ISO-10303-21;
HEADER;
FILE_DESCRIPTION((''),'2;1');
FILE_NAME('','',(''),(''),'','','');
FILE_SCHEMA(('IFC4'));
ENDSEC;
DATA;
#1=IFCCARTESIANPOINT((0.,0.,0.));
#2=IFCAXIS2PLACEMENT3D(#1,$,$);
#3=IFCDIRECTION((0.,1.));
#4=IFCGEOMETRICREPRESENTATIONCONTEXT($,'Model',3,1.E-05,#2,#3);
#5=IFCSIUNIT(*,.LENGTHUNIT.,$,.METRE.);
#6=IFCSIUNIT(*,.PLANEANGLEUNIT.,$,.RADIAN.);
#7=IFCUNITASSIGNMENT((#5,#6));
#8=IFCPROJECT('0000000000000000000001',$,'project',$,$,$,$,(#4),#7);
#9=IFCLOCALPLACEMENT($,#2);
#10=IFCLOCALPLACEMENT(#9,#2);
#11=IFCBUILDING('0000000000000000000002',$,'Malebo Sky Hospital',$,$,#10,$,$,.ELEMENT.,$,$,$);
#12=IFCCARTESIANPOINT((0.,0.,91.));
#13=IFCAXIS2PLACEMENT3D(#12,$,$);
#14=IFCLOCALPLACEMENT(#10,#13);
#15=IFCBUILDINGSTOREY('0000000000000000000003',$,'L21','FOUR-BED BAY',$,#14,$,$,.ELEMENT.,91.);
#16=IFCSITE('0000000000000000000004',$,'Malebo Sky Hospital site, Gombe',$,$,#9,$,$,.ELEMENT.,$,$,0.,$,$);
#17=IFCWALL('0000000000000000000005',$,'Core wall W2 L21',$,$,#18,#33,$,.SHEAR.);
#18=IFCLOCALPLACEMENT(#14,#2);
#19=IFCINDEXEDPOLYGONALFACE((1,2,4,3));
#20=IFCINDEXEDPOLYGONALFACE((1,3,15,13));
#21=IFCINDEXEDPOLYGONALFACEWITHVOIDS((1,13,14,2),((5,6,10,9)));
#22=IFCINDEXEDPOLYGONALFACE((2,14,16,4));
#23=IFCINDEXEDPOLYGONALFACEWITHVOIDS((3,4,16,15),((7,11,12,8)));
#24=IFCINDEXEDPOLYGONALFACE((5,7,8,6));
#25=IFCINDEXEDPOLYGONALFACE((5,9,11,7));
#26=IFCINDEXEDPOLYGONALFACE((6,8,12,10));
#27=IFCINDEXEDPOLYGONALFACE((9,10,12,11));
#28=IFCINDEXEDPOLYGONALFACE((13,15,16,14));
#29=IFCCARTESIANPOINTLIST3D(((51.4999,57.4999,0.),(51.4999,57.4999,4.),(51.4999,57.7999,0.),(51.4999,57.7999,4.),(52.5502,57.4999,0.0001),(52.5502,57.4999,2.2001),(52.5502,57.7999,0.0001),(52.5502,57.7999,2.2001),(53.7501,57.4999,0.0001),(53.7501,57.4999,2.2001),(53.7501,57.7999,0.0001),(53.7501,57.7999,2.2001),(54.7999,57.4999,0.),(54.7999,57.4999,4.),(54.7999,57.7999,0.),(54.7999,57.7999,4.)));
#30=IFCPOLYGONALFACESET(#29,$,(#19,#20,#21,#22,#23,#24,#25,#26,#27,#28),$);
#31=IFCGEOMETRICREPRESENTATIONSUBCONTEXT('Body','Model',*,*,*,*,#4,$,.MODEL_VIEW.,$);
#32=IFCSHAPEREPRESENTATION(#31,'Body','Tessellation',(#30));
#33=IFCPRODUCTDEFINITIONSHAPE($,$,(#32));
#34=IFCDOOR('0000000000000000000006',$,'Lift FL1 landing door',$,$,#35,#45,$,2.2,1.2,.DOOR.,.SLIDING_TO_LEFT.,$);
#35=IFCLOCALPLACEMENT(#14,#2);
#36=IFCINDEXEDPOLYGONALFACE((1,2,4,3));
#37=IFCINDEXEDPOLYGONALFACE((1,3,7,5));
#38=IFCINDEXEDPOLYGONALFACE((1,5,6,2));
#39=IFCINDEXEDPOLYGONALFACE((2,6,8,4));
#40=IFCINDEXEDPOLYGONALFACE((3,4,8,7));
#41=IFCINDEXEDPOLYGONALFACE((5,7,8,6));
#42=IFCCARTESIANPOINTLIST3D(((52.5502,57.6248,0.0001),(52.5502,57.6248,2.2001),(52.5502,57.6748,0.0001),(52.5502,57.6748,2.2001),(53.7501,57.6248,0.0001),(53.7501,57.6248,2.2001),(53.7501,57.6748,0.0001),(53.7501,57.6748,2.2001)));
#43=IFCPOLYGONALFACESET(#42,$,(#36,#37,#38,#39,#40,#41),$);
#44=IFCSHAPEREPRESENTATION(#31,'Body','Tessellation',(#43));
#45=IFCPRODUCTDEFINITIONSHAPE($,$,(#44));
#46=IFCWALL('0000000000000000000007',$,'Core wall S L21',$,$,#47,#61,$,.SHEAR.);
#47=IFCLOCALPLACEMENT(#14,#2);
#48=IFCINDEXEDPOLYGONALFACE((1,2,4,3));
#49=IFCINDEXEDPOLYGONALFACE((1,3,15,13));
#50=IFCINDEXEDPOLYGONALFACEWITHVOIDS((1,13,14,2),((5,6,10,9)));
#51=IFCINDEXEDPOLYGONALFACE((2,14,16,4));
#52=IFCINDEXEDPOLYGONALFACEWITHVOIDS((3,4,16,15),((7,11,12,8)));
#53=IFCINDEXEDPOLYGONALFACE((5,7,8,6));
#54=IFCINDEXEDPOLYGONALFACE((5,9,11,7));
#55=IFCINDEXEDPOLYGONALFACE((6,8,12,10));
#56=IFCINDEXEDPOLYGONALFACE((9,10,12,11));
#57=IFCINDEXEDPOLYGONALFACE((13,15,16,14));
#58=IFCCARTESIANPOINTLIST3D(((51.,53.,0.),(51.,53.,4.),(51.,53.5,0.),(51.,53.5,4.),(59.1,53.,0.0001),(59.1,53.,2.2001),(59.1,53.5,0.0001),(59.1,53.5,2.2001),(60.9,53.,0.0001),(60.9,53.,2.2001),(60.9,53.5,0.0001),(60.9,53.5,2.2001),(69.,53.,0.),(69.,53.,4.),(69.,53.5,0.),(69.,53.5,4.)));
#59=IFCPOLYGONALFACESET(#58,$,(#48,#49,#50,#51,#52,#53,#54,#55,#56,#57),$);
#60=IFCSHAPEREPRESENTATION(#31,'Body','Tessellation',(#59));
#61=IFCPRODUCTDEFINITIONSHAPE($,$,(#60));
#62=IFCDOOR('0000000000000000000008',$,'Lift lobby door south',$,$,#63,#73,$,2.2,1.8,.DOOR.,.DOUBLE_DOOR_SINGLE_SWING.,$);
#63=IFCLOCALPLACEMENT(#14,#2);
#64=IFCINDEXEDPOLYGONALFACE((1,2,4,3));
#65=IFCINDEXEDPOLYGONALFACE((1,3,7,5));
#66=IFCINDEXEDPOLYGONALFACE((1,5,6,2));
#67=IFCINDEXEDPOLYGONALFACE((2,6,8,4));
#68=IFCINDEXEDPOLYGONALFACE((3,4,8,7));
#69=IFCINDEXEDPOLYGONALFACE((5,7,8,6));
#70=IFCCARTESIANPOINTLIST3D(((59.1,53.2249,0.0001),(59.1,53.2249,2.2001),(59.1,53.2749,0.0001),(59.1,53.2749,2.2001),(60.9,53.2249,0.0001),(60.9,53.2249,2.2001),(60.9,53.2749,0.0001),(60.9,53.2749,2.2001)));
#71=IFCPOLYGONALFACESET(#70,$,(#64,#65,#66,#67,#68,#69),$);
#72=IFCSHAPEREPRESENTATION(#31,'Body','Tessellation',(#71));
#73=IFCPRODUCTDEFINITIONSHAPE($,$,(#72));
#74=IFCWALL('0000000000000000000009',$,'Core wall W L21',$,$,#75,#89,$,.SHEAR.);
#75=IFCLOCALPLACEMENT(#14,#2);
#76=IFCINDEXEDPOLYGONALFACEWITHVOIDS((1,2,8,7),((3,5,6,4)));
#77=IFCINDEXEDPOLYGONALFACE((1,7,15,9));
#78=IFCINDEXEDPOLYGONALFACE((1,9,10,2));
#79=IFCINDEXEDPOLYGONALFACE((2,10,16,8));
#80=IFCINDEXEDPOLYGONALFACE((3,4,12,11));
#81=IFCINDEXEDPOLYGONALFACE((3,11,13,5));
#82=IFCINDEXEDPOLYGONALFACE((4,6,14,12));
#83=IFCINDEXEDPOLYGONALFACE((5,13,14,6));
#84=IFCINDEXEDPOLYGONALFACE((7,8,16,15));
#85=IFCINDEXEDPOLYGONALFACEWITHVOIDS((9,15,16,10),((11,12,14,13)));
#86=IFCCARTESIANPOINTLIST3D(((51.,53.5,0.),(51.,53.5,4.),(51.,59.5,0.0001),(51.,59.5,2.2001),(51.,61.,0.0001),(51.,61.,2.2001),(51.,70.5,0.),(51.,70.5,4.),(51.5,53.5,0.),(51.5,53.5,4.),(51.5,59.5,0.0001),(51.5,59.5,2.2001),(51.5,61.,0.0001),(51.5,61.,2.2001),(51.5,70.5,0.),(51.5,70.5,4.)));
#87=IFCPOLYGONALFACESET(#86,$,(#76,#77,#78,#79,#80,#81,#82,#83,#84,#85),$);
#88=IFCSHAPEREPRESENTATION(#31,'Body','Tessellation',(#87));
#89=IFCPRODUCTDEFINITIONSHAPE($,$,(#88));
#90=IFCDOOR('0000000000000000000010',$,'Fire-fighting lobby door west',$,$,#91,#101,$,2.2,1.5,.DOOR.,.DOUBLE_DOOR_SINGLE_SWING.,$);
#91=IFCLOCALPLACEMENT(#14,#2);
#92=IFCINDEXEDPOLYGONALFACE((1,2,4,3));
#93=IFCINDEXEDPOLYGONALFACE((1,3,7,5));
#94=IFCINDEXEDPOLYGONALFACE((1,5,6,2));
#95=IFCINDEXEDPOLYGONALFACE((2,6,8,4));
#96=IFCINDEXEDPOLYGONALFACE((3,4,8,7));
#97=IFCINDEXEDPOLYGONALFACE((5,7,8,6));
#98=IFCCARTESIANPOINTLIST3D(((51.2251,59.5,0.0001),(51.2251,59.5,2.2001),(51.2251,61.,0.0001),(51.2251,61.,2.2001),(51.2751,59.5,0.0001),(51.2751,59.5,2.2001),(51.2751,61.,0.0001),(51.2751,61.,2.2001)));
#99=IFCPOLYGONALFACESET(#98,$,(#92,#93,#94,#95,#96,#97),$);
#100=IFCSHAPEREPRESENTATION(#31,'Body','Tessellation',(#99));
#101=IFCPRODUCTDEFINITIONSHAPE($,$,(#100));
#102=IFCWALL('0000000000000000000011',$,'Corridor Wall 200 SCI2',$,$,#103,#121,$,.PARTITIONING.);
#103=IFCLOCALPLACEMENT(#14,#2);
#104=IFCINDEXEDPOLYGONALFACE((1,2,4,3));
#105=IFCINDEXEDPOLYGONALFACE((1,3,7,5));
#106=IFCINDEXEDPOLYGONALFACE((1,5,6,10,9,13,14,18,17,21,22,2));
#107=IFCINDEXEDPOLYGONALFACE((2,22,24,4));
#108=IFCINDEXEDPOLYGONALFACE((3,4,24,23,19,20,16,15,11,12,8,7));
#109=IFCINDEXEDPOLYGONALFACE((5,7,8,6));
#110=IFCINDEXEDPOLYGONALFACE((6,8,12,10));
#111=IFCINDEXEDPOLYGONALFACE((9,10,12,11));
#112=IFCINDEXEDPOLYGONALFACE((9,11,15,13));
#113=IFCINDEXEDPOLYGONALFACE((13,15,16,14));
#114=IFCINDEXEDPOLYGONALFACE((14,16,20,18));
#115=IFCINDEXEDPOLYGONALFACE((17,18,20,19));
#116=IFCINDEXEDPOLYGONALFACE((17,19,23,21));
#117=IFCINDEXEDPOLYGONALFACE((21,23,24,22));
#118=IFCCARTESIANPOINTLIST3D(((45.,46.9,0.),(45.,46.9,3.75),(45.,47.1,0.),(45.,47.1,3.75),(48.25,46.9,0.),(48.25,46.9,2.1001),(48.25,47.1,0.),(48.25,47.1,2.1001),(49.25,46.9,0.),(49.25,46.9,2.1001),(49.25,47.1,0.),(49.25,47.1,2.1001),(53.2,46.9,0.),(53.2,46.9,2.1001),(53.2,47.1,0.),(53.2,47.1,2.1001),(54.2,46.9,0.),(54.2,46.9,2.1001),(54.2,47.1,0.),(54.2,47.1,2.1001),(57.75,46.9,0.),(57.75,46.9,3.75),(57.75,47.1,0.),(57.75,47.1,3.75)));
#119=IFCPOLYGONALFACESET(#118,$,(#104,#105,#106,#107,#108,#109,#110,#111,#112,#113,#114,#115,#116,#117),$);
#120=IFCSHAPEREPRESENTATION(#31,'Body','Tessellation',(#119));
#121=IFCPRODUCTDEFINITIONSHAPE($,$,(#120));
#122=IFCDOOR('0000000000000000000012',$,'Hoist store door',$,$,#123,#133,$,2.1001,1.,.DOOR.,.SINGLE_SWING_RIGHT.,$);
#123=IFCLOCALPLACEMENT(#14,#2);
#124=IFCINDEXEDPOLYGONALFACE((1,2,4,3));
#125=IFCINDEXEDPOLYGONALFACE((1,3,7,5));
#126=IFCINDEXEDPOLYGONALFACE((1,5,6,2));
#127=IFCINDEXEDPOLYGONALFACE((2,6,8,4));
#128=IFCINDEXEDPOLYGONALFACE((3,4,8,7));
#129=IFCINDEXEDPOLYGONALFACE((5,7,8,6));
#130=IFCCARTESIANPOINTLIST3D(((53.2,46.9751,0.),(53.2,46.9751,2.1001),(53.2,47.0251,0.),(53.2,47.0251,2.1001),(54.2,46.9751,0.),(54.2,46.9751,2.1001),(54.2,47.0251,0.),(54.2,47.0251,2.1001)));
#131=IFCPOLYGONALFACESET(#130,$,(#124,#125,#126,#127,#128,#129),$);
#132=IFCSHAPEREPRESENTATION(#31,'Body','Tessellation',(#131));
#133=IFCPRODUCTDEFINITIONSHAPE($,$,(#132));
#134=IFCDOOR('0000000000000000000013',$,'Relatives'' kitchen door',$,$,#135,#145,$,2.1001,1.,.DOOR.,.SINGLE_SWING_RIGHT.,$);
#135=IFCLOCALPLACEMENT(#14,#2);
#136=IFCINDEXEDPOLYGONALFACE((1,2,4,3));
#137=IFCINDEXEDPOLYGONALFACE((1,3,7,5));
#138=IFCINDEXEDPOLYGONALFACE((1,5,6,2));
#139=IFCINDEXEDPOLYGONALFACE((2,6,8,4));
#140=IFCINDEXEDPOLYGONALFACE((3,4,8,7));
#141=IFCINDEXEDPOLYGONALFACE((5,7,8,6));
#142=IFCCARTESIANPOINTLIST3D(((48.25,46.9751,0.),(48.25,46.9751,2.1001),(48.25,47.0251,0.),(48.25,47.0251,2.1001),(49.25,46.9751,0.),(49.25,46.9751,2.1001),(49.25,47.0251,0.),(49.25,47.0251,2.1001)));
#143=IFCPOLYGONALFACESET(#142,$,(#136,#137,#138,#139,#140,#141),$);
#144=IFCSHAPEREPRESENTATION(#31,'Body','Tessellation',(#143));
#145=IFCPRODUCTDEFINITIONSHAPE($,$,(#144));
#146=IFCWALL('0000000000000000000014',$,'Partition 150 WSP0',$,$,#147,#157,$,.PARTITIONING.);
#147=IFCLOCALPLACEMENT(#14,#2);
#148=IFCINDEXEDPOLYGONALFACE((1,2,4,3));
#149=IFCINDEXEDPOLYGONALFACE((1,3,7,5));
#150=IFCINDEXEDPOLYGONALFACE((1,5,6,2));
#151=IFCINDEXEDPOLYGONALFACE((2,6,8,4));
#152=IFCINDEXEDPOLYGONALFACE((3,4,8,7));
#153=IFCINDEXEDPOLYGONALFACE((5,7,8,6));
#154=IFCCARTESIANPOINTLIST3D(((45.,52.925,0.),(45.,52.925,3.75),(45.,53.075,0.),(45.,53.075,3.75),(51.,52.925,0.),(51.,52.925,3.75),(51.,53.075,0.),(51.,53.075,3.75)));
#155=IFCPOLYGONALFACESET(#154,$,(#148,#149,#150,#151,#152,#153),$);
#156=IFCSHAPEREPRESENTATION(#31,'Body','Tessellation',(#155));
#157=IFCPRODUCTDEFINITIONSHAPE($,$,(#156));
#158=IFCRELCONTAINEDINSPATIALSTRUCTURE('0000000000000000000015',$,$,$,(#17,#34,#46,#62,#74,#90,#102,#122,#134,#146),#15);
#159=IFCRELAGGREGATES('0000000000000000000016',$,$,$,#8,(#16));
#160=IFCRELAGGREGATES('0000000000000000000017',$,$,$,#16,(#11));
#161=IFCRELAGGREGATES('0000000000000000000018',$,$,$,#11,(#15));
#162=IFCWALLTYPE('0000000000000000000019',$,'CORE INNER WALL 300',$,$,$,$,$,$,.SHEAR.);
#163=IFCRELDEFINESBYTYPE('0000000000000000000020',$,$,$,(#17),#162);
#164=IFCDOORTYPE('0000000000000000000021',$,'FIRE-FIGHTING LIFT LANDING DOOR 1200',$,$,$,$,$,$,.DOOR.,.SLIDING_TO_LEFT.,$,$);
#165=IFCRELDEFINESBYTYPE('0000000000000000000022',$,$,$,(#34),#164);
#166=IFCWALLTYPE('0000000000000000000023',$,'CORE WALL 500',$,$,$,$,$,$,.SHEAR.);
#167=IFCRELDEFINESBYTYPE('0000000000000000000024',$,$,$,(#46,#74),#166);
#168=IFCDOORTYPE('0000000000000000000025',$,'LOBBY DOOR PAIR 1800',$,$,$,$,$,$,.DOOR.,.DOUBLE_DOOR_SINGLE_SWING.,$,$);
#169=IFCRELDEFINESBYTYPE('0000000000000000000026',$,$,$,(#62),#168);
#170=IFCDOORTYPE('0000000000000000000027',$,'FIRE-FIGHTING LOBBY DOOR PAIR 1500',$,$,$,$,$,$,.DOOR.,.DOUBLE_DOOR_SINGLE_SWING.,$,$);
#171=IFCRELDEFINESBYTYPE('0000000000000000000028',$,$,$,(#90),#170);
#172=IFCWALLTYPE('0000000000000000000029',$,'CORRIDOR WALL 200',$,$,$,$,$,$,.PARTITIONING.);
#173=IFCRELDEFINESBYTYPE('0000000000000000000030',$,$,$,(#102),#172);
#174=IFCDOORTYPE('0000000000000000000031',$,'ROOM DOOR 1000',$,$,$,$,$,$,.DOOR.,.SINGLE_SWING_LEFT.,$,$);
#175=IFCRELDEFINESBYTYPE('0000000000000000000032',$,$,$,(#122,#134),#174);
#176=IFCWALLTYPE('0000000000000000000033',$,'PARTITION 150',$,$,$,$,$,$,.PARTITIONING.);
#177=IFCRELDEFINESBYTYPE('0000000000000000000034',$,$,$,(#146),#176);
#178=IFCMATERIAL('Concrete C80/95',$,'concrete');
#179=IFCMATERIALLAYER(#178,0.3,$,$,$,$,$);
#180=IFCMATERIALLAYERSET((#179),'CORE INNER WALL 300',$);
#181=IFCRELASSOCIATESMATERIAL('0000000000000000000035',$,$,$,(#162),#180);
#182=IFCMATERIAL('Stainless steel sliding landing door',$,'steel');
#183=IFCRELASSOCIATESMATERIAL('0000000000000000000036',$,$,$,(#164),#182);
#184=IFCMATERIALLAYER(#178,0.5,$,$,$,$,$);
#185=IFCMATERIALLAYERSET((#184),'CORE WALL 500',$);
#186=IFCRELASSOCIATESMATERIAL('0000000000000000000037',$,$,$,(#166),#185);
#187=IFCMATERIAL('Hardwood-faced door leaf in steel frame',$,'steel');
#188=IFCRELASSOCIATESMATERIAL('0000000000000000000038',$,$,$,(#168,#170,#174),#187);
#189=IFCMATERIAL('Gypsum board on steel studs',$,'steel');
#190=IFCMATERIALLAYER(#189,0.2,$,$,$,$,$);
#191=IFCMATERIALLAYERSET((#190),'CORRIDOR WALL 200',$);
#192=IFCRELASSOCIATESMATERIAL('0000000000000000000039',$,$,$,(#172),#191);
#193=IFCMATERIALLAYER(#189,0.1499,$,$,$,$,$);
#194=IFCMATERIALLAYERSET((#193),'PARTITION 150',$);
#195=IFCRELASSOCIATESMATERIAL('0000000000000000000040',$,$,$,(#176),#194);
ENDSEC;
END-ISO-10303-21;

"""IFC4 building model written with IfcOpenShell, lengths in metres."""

from ifc_helpers import new_model, si_unit, direction, frame, frame_2d, origin, place, context, subcontext, project, spatial, rectangle, extrude, material, layer, layer_set, type_object, element, fill, save


model = new_model("IFC4")

# Units and contexts
model_context = context("Model", 3, precision=1e-05, world=origin(), true_north=direction((0.0, 1.0)))
body_context = subcontext(model_context, "Body", "Model", "MODEL_VIEW")
ifc_project = project(units=[si_unit("LENGTHUNIT", "METRE"), si_unit("PLANEANGLEUNIT", "RADIAN")], contexts=[model_context])

# Site, building, storey
site_placement = place(None, origin())
site = spatial("IfcSite", under=ifc_project, at=site_placement, Name="Malebo Sky Hospital site, Gombe", CompositionType="ELEMENT", RefElevation=0.0)
building_placement = place(site_placement, origin())
building = spatial("IfcBuilding", under=site, at=building_placement, Name="Malebo Sky Hospital", CompositionType="ELEMENT")
storey_placement = place(building_placement, frame((0.0, 0.0, 91.0)))
storey = spatial("IfcBuildingStorey", under=building, at=storey_placement, Name="L21", Description="FOUR-BED BAY", CompositionType="ELEMENT", Elevation=91.0)

# Shared definitions
ifc_material_1 = material(Name="Concrete C80/95", Category="concrete")
ifc_material_2 = material(Name="Stainless steel sliding landing door", Category="steel")

# Shared definitions
ifc_layer_1 = layer(ifc_material_1, 0.3)
ifc_layer_set_1 = layer_set([ifc_layer_1], Name="CORE INNER WALL 300")
wall_type_1 = type_object("IfcWallType", Name="CORE INNER WALL 300", PredefinedType="SHEAR", material=ifc_layer_set_1)

# Walls, openings, doors
wall_1_placement = place(storey_placement, frame((51.5, 57.6499, 0.0), z_axis=(0.0, 0.0, 1.0), x_axis=(1.0, 0.0, 0.0)))
wall_1 = element("IfcWall", 1, at=wall_1_placement, inside=storey, type_object=wall_type_1, Name="Core wall W2 L21", PredefinedType="SHEAR", context=body_context, shape_type="SweptSolid", body=[
    extrude(rectangle(XDim=3.3, YDim=0.3, at=frame_2d((1.6499, 0.0))), origin(), (0.0, 0.0, 1.0), 4.0),
])
opening_1_placement = place(wall_1_placement, frame((1.05, 0.0, 0.0)))
opening_1 = element("IfcOpeningElement", 2, at=opening_1_placement, cuts=wall_1, PredefinedType="OPENING", context=body_context, shape_type="SweptSolid", body=[
    extrude(rectangle(XDim=1.2, YDim=2.2, at=frame_2d((0.6001, 1.1001))), frame((0.0, 0.1599, 0.0), z_axis=(0.0, -1.0, 0.0), x_axis=(1.0, 0.0, 0.0)), (0.0, 0.0, 1.0), 0.3201),
])
door_type_1 = type_object("IfcDoorType", Name="FIRE-FIGHTING LIFT LANDING DOOR 1200", OperationType="SLIDING_TO_LEFT", PredefinedType="DOOR", material=ifc_material_2)
door_1_placement = place(opening_1_placement, origin())
door_1 = element("IfcDoor", 3, at=door_1_placement, inside=storey, type_object=door_type_1, Name="Lift FL1 landing door", OperationType="SLIDING_TO_LEFT", OverallHeight=2.2, OverallWidth=1.2, PredefinedType="DOOR", context=body_context, shape_type="SweptSolid", body=[
    extrude(rectangle(XDim=1.2, YDim=2.2, at=frame_2d((0.6001, 1.1001))), frame((0.0, 0.0249, 0.0), z_axis=(0.0, -1.0, 0.0), x_axis=(1.0, 0.0, 0.0)), (0.0, 0.0, 1.0), 0.05),
])
fill(opening_1, door_1)
ifc_layer_2 = layer(ifc_material_1, 0.5)
ifc_layer_set_2 = layer_set([ifc_layer_2], Name="CORE WALL 500")
wall_type_2 = type_object("IfcWallType", Name="CORE WALL 500", PredefinedType="SHEAR", material=ifc_layer_set_2)
wall_2_placement = place(storey_placement, frame((51.0, 53.25, 0.0), z_axis=(0.0, 0.0, 1.0), x_axis=(1.0, 0.0, 0.0)))
wall_2 = element("IfcWall", 4, at=wall_2_placement, inside=storey, type_object=wall_type_2, Name="Core wall S L21", PredefinedType="SHEAR", context=body_context, shape_type="SweptSolid", body=[
    extrude(rectangle(XDim=18.0, YDim=0.5, at=frame_2d((9.0, 0.0))), origin(), (0.0, 0.0, 1.0), 4.0),
])
opening_2_placement = place(wall_2_placement, frame((8.1001, 0.0, 0.0)))
opening_2 = element("IfcOpeningElement", 5, at=opening_2_placement, cuts=wall_2, PredefinedType="OPENING", context=body_context, shape_type="SweptSolid", body=[
    extrude(rectangle(XDim=1.8, YDim=2.2, at=frame_2d((0.8999, 1.1001))), frame((0.0, 0.26, 0.0), z_axis=(0.0, -1.0, 0.0), x_axis=(1.0, 0.0, 0.0)), (0.0, 0.0, 1.0), 0.52),
])
ifc_material_3 = material(Name="Hardwood-faced door leaf in steel frame", Category="steel")
door_type_2 = type_object("IfcDoorType", Name="LOBBY DOOR PAIR 1800", OperationType="DOUBLE_DOOR_SINGLE_SWING", PredefinedType="DOOR", material=ifc_material_3)
door_2_placement = place(opening_2_placement, origin())
door_2 = element("IfcDoor", 6, at=door_2_placement, inside=storey, type_object=door_type_2, Name="Lift lobby door south", OperationType="DOUBLE_DOOR_SINGLE_SWING", OverallHeight=2.2, OverallWidth=1.8, PredefinedType="DOOR", context=body_context, shape_type="SweptSolid", body=[
    extrude(rectangle(XDim=1.8, YDim=2.2, at=frame_2d((0.8999, 1.1001))), frame((0.0, 0.0249, 0.0), z_axis=(0.0, -1.0, 0.0), x_axis=(1.0, 0.0, 0.0)), (0.0, 0.0, 1.0), 0.05),
])
fill(opening_2, door_2)
wall_3_placement = place(storey_placement, frame((51.25, 53.5, 0.0), z_axis=(0.0, 0.0, 1.0), x_axis=(0.0, 1.0, 0.0)))
wall_3 = element("IfcWall", 7, at=wall_3_placement, inside=storey, type_object=wall_type_2, Name="Core wall W L21", PredefinedType="SHEAR", context=body_context, shape_type="SweptSolid", body=[
    extrude(rectangle(XDim=17.0, YDim=0.5, at=frame_2d((8.5, 0.0))), origin(), (0.0, 0.0, 1.0), 4.0),
])
opening_3_placement = place(wall_3_placement, frame((6.0, 0.0, 0.0)))
opening_3 = element("IfcOpeningElement", 8, at=opening_3_placement, cuts=wall_3, PredefinedType="OPENING", context=body_context, shape_type="SweptSolid", body=[
    extrude(rectangle(XDim=1.5, YDim=2.2, at=frame_2d((0.75, 1.1001))), frame((0.0, 0.26, 0.0), z_axis=(0.0, -1.0, 0.0), x_axis=(1.0, 0.0, 0.0)), (0.0, 0.0, 1.0), 0.52),
])
door_type_3 = type_object("IfcDoorType", Name="FIRE-FIGHTING LOBBY DOOR PAIR 1500", OperationType="DOUBLE_DOOR_SINGLE_SWING", PredefinedType="DOOR", material=ifc_material_3)
door_3_placement = place(opening_3_placement, origin())
door_3 = element("IfcDoor", 9, at=door_3_placement, inside=storey, type_object=door_type_3, Name="Fire-fighting lobby door west", OperationType="DOUBLE_DOOR_SINGLE_SWING", OverallHeight=2.2, OverallWidth=1.5, PredefinedType="DOOR", context=body_context, shape_type="SweptSolid", body=[
    extrude(rectangle(XDim=1.5, YDim=2.2, at=frame_2d((0.75, 1.1001))), frame((0.0, 0.0249, 0.0), z_axis=(0.0, -1.0, 0.0), x_axis=(1.0, 0.0, 0.0)), (0.0, 0.0, 1.0), 0.05),
])
fill(opening_3, door_3)

# Wall, openings, doors
ifc_material_4 = material(Name="Gypsum board on steel studs", Category="steel")
ifc_layer_3 = layer(ifc_material_4, 0.2)
ifc_layer_set_3 = layer_set([ifc_layer_3], Name="CORRIDOR WALL 200")
wall_type_3 = type_object("IfcWallType", Name="CORRIDOR WALL 200", PredefinedType="PARTITIONING", material=ifc_layer_set_3)
wall_4_placement = place(storey_placement, frame((57.75, 47.0, 0.0), z_axis=(0.0, 0.0, 1.0), x_axis=(-1.0, 0.0, 0.0)))
wall_4 = element("IfcWall", 10, at=wall_4_placement, inside=storey, type_object=wall_type_3, Name="Corridor Wall 200 SCI2", PredefinedType="PARTITIONING", context=body_context, shape_type="SweptSolid", body=[
    extrude(rectangle(XDim=12.75, YDim=0.2, at=frame_2d((6.375, 0.0))), origin(), (0.0, 0.0, 1.0), 3.75),
])
opening_4_placement = place(wall_4_placement, frame((3.55, 0.0, 0.0)))
opening_4 = element("IfcOpeningElement", 11, at=opening_4_placement, cuts=wall_4, PredefinedType="OPENING", context=body_context, shape_type="SweptSolid", body=[
    extrude(rectangle(XDim=1.0, YDim=2.1001, at=frame_2d((0.5, 1.05))), frame((0.0, 0.1099, 0.0), z_axis=(0.0, -1.0, 0.0), x_axis=(1.0, 0.0, 0.0)), (0.0, 0.0, 1.0), 0.22),
])
opening_5_placement = place(wall_4_placement, frame((8.5, 0.0, 0.0)))
opening_5 = element("IfcOpeningElement", 12, at=opening_5_placement, cuts=wall_4, PredefinedType="OPENING", context=body_context, shape_type="SweptSolid", body=[
    extrude(rectangle(XDim=1.0, YDim=2.1001, at=frame_2d((0.5, 1.05))), frame((0.0, 0.1099, 0.0), z_axis=(0.0, -1.0, 0.0), x_axis=(1.0, 0.0, 0.0)), (0.0, 0.0, 1.0), 0.22),
])
door_type_4 = type_object("IfcDoorType", Name="ROOM DOOR 1000", OperationType="SINGLE_SWING_LEFT", PredefinedType="DOOR", material=ifc_material_3)
door_4_placement = place(opening_4_placement, origin())
door_4 = element("IfcDoor", 13, at=door_4_placement, inside=storey, type_object=door_type_4, Name="Hoist store door", OperationType="SINGLE_SWING_RIGHT", OverallHeight=2.1001, OverallWidth=1.0, PredefinedType="DOOR", context=body_context, shape_type="SweptSolid", body=[
    extrude(rectangle(XDim=1.0, YDim=2.1001, at=frame_2d((0.5, 1.05))), frame((0.0, 0.0249, 0.0), z_axis=(0.0, -1.0, 0.0), x_axis=(1.0, 0.0, 0.0)), (0.0, 0.0, 1.0), 0.05),
])
fill(opening_4, door_4)
door_5_placement = place(opening_5_placement, origin())
door_5 = element("IfcDoor", 14, at=door_5_placement, inside=storey, type_object=door_type_4, Name="Relatives' kitchen door", OperationType="SINGLE_SWING_RIGHT", OverallHeight=2.1001, OverallWidth=1.0, PredefinedType="DOOR", context=body_context, shape_type="SweptSolid", body=[
    extrude(rectangle(XDim=1.0, YDim=2.1001, at=frame_2d((0.5, 1.05))), frame((0.0, 0.0249, 0.0), z_axis=(0.0, -1.0, 0.0), x_axis=(1.0, 0.0, 0.0)), (0.0, 0.0, 1.0), 0.05),
])
fill(opening_5, door_5)

# Wall
ifc_layer_4 = layer(ifc_material_4, 0.1499)
ifc_layer_set_4 = layer_set([ifc_layer_4], Name="PARTITION 150")
wall_type_4 = type_object("IfcWallType", Name="PARTITION 150", PredefinedType="PARTITIONING", material=ifc_layer_set_4)
wall_5_placement = place(storey_placement, frame((51.0, 53.0, 0.0), z_axis=(0.0, 0.0, 1.0), x_axis=(-1.0, 0.0, 0.0)))
element("IfcWall", 15, at=wall_5_placement, inside=storey, type_object=wall_type_4, Name="Partition 150 WSP0", PredefinedType="PARTITIONING", context=body_context, shape_type="SweptSolid", body=[
    extrude(rectangle(XDim=6.0, YDim=0.1499, at=frame_2d((3.0, 0.0))), origin(), (0.0, 0.0, 1.0), 3.75),
])

save(model, "model.ifc")
